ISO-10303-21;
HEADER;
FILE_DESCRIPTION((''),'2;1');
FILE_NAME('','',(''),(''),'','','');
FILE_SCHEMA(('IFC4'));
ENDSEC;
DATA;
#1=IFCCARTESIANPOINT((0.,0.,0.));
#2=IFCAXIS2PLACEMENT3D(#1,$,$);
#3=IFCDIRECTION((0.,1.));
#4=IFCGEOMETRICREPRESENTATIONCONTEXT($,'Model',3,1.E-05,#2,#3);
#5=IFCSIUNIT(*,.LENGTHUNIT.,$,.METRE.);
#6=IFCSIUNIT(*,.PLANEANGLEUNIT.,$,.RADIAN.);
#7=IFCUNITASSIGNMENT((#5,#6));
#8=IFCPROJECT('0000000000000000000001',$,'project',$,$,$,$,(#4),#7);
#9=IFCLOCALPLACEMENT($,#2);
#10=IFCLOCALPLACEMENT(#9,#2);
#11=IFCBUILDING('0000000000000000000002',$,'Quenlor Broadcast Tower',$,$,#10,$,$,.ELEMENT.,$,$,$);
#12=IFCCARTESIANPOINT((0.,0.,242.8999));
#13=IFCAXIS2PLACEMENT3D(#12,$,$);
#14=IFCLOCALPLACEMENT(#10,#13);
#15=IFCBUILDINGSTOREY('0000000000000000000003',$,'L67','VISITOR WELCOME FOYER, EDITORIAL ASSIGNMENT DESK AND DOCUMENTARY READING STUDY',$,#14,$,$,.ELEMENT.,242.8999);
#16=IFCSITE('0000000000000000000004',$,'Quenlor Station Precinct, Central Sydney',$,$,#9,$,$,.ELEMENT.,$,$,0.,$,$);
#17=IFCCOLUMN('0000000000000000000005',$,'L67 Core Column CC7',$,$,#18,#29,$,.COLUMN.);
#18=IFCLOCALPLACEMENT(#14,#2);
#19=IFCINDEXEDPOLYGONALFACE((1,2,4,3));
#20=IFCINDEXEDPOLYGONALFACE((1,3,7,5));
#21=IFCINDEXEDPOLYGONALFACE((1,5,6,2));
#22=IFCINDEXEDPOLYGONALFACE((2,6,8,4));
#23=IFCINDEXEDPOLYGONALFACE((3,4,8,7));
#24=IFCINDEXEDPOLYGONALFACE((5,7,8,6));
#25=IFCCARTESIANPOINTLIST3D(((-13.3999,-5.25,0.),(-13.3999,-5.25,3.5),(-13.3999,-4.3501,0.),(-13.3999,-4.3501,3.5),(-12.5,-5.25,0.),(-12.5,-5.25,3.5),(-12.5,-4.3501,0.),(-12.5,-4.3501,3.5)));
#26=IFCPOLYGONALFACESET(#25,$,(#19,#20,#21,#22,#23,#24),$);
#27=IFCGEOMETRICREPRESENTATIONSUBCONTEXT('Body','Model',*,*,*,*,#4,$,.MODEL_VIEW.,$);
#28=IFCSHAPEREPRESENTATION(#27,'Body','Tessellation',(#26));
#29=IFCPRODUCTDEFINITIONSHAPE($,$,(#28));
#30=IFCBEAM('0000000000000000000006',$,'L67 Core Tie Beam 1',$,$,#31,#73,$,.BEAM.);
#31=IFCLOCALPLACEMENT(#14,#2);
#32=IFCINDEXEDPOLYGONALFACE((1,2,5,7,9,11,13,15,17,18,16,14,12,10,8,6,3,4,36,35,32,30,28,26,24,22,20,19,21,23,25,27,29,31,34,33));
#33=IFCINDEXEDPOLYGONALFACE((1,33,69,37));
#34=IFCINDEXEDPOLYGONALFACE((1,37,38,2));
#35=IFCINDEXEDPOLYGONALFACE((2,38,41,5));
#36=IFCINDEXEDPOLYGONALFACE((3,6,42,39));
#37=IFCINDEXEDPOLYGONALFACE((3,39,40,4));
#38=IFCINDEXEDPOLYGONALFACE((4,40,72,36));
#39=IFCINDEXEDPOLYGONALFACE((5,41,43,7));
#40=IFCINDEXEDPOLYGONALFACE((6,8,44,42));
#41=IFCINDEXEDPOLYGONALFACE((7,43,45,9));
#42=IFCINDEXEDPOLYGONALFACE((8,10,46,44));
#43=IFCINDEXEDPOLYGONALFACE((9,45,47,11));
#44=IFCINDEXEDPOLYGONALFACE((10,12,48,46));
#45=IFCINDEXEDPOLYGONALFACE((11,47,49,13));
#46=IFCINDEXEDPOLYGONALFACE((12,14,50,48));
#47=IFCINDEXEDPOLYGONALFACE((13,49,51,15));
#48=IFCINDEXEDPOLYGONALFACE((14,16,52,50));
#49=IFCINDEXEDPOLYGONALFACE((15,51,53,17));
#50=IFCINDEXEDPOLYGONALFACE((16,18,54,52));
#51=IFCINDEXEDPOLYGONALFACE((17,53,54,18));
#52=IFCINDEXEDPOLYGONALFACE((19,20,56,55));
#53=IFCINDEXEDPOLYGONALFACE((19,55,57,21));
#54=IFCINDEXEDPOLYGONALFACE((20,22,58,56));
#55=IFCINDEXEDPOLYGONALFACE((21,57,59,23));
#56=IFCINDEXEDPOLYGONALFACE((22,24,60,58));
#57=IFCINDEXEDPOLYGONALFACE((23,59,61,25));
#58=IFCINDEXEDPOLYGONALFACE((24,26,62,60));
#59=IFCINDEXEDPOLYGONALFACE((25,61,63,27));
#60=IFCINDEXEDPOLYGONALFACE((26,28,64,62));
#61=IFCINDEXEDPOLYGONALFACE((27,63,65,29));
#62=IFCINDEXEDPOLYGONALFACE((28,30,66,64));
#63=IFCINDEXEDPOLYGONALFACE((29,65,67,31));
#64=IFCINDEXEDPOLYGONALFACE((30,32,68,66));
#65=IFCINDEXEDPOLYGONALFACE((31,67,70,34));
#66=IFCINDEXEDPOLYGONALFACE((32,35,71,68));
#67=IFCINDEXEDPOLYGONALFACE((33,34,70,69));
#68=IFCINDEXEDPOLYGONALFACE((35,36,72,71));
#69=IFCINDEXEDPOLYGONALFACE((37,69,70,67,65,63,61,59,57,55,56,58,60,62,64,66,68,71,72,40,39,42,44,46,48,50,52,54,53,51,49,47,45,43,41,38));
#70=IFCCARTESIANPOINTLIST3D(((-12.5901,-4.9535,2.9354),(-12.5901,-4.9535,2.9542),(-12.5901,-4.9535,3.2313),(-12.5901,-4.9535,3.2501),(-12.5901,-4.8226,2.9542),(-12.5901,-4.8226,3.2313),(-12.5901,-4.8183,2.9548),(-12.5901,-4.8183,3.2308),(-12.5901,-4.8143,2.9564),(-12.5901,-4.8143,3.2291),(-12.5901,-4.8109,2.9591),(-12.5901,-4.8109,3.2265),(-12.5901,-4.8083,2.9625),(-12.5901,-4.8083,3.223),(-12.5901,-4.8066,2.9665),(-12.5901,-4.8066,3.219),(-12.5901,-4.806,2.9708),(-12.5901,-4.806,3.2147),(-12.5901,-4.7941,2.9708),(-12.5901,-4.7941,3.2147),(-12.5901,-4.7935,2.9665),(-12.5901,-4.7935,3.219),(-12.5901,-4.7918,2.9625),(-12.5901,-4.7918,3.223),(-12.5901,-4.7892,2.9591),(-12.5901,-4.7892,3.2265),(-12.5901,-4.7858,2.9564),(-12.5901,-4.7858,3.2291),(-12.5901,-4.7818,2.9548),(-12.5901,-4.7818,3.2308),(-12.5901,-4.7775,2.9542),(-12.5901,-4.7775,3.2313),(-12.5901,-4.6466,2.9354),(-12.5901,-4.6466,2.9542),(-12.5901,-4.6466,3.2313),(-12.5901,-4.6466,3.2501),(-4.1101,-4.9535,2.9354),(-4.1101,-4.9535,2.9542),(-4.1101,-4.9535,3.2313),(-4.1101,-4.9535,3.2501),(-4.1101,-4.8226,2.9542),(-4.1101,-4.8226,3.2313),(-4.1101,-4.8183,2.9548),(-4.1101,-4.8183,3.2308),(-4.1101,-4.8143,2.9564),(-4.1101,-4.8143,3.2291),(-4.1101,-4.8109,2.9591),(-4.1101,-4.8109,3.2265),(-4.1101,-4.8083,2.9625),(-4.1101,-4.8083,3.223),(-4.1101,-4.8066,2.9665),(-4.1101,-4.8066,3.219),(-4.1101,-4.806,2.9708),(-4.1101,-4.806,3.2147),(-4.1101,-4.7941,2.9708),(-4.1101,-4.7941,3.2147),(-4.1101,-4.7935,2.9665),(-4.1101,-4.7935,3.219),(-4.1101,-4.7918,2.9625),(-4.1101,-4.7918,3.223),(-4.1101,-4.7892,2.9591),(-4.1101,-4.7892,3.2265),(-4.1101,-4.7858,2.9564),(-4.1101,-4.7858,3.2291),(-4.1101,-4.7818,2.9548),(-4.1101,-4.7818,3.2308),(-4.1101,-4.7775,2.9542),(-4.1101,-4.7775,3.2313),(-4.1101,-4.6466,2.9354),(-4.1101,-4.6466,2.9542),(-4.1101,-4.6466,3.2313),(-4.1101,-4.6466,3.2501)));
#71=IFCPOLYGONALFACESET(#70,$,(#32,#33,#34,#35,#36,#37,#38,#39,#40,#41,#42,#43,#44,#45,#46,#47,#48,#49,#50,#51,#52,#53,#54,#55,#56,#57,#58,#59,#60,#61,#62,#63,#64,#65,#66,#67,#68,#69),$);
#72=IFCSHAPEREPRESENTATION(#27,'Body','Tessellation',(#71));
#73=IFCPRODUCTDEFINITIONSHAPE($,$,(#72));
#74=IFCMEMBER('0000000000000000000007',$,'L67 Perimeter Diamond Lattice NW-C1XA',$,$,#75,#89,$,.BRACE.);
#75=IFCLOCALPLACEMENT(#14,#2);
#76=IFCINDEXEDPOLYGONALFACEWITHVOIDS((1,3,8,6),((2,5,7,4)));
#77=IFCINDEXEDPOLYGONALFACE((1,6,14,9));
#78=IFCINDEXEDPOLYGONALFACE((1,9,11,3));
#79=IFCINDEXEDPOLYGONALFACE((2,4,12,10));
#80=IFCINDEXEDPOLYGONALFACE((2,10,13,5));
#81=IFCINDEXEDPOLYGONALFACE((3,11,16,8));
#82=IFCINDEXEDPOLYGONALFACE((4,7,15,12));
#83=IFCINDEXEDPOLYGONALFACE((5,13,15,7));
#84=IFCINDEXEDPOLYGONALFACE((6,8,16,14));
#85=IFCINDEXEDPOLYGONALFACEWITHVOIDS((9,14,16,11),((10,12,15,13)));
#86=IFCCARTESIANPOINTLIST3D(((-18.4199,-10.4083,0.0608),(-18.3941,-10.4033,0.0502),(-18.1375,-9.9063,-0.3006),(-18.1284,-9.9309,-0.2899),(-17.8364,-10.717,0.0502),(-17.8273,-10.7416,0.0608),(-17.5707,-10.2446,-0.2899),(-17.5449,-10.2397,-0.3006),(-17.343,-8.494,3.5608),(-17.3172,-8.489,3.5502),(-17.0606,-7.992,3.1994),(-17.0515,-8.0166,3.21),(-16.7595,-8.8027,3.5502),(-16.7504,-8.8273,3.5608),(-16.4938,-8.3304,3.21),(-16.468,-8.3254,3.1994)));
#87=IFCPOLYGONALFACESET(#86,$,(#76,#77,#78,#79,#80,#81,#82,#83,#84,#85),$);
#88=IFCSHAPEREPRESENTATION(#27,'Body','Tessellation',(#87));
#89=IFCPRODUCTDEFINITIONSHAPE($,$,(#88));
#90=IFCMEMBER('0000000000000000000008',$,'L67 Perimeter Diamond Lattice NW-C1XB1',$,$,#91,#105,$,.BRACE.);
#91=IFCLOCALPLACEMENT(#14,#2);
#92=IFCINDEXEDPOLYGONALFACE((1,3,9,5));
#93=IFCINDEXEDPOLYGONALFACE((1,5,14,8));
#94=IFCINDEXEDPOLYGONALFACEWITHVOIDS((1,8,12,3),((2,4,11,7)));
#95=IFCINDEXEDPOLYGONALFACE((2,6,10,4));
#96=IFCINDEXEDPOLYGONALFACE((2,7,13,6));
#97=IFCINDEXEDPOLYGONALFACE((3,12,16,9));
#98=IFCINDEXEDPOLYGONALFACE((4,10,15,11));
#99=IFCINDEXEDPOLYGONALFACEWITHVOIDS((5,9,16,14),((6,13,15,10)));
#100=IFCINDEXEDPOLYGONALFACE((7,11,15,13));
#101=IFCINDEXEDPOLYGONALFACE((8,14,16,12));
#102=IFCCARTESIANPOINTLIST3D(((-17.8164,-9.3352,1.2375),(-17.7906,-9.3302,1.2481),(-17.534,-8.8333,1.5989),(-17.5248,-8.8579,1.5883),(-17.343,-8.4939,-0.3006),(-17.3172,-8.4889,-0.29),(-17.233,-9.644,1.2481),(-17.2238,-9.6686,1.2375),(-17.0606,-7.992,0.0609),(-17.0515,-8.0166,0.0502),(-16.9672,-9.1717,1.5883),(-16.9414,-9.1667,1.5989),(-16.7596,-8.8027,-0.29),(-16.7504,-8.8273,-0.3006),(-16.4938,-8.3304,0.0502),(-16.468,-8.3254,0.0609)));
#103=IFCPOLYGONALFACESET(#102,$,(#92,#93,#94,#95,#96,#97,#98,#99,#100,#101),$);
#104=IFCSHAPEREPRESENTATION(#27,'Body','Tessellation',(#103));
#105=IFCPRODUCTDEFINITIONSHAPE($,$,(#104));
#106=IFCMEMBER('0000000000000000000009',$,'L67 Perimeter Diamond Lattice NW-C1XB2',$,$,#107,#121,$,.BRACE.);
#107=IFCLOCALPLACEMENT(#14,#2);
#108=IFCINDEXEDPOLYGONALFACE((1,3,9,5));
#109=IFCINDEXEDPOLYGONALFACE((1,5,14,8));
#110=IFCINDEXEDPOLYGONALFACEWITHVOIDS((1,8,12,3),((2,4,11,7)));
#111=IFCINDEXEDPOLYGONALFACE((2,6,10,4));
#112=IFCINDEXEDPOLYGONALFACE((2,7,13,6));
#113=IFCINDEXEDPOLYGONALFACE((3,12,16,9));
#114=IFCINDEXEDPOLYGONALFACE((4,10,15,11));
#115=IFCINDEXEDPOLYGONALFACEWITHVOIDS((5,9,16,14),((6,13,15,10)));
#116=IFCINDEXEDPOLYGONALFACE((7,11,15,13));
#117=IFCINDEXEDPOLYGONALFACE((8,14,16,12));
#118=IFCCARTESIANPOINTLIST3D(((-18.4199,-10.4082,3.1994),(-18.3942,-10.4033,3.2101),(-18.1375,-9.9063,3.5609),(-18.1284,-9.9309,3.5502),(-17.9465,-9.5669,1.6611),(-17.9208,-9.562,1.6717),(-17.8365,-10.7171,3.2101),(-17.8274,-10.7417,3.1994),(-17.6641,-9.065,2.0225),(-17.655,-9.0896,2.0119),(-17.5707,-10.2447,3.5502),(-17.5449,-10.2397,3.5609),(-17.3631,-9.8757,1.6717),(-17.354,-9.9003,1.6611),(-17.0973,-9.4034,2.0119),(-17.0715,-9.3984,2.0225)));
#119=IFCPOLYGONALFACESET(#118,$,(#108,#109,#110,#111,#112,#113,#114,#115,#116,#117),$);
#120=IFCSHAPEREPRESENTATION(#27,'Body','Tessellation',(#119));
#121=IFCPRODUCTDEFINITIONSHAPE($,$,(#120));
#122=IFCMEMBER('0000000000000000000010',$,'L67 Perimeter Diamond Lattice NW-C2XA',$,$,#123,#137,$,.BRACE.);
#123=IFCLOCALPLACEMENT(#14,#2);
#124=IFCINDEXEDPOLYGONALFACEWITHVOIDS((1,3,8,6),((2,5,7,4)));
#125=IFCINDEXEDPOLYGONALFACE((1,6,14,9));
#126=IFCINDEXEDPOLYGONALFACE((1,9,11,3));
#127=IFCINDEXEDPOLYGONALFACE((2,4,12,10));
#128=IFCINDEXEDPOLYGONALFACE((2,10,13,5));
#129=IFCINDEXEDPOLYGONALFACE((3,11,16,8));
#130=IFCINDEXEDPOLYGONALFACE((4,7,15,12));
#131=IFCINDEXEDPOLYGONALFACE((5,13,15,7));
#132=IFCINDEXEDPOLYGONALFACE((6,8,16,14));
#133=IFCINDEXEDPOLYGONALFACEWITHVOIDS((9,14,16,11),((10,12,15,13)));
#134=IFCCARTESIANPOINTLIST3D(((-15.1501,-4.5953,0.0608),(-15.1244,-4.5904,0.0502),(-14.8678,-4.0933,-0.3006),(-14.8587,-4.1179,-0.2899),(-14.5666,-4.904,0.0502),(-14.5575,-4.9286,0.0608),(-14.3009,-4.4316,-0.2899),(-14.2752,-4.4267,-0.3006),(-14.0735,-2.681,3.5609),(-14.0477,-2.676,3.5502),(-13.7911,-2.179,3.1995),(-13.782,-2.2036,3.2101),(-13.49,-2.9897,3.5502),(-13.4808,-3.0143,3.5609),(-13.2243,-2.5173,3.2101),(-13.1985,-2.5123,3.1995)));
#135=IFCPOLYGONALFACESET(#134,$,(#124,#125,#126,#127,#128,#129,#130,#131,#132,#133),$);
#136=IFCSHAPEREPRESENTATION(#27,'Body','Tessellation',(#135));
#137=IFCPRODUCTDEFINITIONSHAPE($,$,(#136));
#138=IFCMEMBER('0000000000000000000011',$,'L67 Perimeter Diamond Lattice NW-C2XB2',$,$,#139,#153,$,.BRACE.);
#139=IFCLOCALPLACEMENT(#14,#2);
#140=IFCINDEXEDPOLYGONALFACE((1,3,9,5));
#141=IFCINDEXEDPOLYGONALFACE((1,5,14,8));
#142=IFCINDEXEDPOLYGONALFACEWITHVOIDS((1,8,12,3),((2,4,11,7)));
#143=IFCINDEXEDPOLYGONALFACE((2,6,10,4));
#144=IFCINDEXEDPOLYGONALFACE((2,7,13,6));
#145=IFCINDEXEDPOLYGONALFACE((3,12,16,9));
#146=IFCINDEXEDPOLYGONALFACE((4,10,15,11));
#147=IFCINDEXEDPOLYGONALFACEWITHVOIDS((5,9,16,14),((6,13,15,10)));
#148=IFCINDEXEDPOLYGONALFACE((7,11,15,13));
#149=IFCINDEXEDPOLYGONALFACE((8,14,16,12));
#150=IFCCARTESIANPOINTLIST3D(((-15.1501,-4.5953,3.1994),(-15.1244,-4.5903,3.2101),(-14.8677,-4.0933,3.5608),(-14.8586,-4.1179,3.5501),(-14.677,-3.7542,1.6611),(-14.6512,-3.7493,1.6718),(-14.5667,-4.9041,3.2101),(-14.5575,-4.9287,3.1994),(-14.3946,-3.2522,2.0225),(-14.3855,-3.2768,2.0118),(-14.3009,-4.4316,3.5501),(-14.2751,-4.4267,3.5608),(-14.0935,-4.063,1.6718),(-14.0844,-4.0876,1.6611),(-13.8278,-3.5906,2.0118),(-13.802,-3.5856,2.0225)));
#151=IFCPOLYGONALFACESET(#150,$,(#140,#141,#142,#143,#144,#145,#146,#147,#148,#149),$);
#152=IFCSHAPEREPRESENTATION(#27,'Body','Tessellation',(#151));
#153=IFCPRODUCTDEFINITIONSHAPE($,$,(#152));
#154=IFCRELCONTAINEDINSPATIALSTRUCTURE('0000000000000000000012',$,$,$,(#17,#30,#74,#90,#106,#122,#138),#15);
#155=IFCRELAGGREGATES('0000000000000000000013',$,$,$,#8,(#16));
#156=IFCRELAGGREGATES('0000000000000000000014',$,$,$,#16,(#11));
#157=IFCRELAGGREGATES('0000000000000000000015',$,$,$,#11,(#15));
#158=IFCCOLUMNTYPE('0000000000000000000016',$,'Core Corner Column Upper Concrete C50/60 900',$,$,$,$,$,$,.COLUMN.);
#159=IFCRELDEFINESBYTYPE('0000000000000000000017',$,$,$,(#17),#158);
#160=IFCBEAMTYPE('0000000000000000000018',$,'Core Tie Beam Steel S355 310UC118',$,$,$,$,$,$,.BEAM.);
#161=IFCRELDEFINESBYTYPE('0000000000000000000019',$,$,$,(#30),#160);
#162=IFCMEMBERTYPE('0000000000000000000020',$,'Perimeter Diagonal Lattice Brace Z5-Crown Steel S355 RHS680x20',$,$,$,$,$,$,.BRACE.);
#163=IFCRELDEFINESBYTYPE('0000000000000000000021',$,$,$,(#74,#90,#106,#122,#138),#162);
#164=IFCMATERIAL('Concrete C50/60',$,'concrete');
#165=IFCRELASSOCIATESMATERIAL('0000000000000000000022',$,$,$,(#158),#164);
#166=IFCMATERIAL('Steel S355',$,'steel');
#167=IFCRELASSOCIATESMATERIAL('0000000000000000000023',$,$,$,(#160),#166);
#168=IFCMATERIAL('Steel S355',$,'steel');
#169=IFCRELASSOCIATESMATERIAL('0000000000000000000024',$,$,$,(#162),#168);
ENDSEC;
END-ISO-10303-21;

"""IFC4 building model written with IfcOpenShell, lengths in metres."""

from ifc_helpers import new_model, si_unit, direction, frame, origin, origin_2d, place, context, subcontext, project, spatial, rectangle, hollow_rectangle, i_section, extrude, material, material_profile, profile_set, type_object, element, save


model = new_model("IFC4")

# Units and contexts
model_context = context("Model", 3, precision=1e-05, world=origin(), true_north=direction((0.0, 1.0)))
body_context = subcontext(model_context, "Body", "Model", "MODEL_VIEW")
ifc_project = project(units=[si_unit("LENGTHUNIT", "METRE"), si_unit("PLANEANGLEUNIT", "RADIAN")], contexts=[model_context])

# Site, building, storey
site_placement = place(None, origin())
site = spatial("IfcSite", under=ifc_project, at=site_placement, Name="Quenlor Station Precinct, Central Sydney", CompositionType="ELEMENT", RefElevation=0.0)
building_placement = place(site_placement, origin())
building = spatial("IfcBuilding", under=site, at=building_placement, Name="Quenlor Broadcast Tower", CompositionType="ELEMENT")
storey_placement = place(building_placement, frame((0.0, 0.0, 242.8999)))
storey = spatial("IfcBuildingStorey", under=building, at=storey_placement, Name="L67", Description="VISITOR WELCOME FOYER, EDITORIAL ASSIGNMENT DESK AND DOCUMENTARY READING STUDY", CompositionType="ELEMENT", Elevation=242.8999)

# Column
ifc_material_1 = material(Name="Concrete C50/60", Category="concrete")
ifc_material_profile_1 = material_profile(ifc_material_1, rectangle(XDim=0.8999, YDim=0.8999, at=origin_2d()))
ifc_profile_set_1 = profile_set([ifc_material_profile_1], Name="Concrete C50/60 RC900x900")
column_type = type_object("IfcColumnType", Name="Core Corner Column Upper Concrete C50/60 900", PredefinedType="COLUMN", material=ifc_profile_set_1)
column_placement = place(storey_placement, frame((-12.95, -4.8, 0.0), z_axis=(0.0, 0.0, 1.0), x_axis=(1.0, 0.0, 0.0)))
element("IfcColumn", 1, at=column_placement, inside=storey, type_object=column_type, Name="L67 Core Column CC7", PredefinedType="COLUMN", context=body_context, shape_type="SweptSolid", body=[
    extrude(rectangle(XDim=0.8999, YDim=0.8999, at=origin_2d()), origin(), (0.0, 0.0, 1.0), 3.5),
])

# Beam
ifc_material_2 = material(Name="Steel S355", Category="steel")
ifc_material_profile_2 = material_profile(ifc_material_2, i_section(OverallWidth=0.3069, OverallDepth=0.3147, WebThickness=0.012, FlangeThickness=0.0188, FilletRadius=0.0166, at=origin_2d()))
ifc_profile_set_2 = profile_set([ifc_material_profile_2], Name="Steel S355 310UC118")
beam_type_1 = type_object("IfcBeamType", Name="Core Tie Beam Steel S355 310UC118", PredefinedType="BEAM", material=ifc_profile_set_2)
beam_1_placement = place(storey_placement, frame((-12.5901, -4.8, 3.0928), z_axis=(1.0, 0.0, 0.0), x_axis=(0.0, 1.0, 0.0)))
element("IfcBeam", 2, at=beam_1_placement, inside=storey, type_object=beam_type_1, Name="L67 Core Tie Beam 1", PredefinedType="BEAM", context=body_context, shape_type="SweptSolid", body=[
    extrude(i_section(OverallWidth=0.3069, OverallDepth=0.3147, WebThickness=0.012, FlangeThickness=0.0188, FilletRadius=0.0166, at=origin_2d()), origin(), (0.0, 0.0, 1.0), 8.48),
])

# Members
ifc_material_3 = material(Name="Steel S355", Category="steel")
ifc_material_profile_3 = material_profile(ifc_material_3, hollow_rectangle(XDim=0.6799, YDim=0.6799, WallThickness=0.02, at=origin_2d()))
ifc_profile_set_3 = profile_set([ifc_material_profile_3], Name="Steel S355 RHS680x680x20")
member_type = type_object("IfcMemberType", Name="Perimeter Diagonal Lattice Brace Z5-Crown Steel S355 RHS680x20", PredefinedType="BRACE", material=ifc_profile_set_3)
member_1_placement = place(storey_placement, frame((-17.9824, -10.324, -0.1199), z_axis=(0.260619, 0.463276, 0.847026), x_axis=(-0.871555, 0.490298, 0.0)))
element("IfcMember", 3, at=member_1_placement, inside=storey, type_object=member_type, Name="L67 Perimeter Diamond Lattice NW-C1XA", PredefinedType="BRACE", context=body_context, shape_type="SweptSolid", body=[
    extrude(hollow_rectangle(XDim=0.6799, YDim=0.6799, WallThickness=0.02, at=origin_2d()), origin(), (0.0, 0.0, 1.0), 4.1321),
])
member_2_placement = place(storey_placement, frame((-16.9055, -8.4097, -0.1199), z_axis=(-0.260686, -0.463293, 0.846996), x_axis=(0.871508, -0.490381, 0.0)))
element("IfcMember", 4, at=member_2_placement, inside=storey, type_object=member_type, Name="L67 Perimeter Diamond Lattice NW-C1XB1", PredefinedType="BRACE", context=body_context, shape_type="SweptSolid", body=[
    extrude(hollow_rectangle(XDim=0.6799, YDim=0.6799, WallThickness=0.02, at=origin_2d()), origin(), (0.0, 0.0, 1.0), 1.8159),
])
member_3_placement = place(storey_placement, frame((-17.509, -9.4827, 1.8418), z_axis=(-0.260657, -0.463241, 0.847034), x_axis=(0.871508, -0.490381, 0.0)))
element("IfcMember", 5, at=member_3_placement, inside=storey, type_object=member_type, Name="L67 Perimeter Diamond Lattice NW-C1XB2", PredefinedType="BRACE", context=body_context, shape_type="SweptSolid", body=[
    extrude(hollow_rectangle(XDim=0.6799, YDim=0.6799, WallThickness=0.02, at=origin_2d()), origin(), (0.0, 0.0, 1.0), 1.8162),
])
member_4_placement = place(storey_placement, frame((-14.7126, -4.511, -0.1199), z_axis=(0.260564, 0.463283, 0.847039), x_axis=(-0.871602, 0.490214, 0.0)))
element("IfcMember", 6, at=member_4_placement, inside=storey, type_object=member_type, Name="L67 Perimeter Diamond Lattice NW-C2XA", PredefinedType="BRACE", context=body_context, shape_type="SweptSolid", body=[
    extrude(hollow_rectangle(XDim=0.6799, YDim=0.6799, WallThickness=0.02, at=origin_2d()), origin(), (0.0, 0.0, 1.0), 4.1321),
])
member_5_placement = place(storey_placement, frame((-14.2395, -3.6699, 1.8418), z_axis=(-0.260548, -0.463151, 0.847116), x_axis=(0.871555, -0.490297, 0.0)))
element("IfcMember", 7, at=member_5_placement, inside=storey, type_object=member_type, Name="L67 Perimeter Diamond Lattice NW-C2XB2", PredefinedType="BRACE", context=body_context, shape_type="SweptSolid", body=[
    extrude(hollow_rectangle(XDim=0.6799, YDim=0.6799, WallThickness=0.02, at=origin_2d()), origin(), (0.0, 0.0, 1.0), 1.8159),
])

save(model, "model.ifc")
